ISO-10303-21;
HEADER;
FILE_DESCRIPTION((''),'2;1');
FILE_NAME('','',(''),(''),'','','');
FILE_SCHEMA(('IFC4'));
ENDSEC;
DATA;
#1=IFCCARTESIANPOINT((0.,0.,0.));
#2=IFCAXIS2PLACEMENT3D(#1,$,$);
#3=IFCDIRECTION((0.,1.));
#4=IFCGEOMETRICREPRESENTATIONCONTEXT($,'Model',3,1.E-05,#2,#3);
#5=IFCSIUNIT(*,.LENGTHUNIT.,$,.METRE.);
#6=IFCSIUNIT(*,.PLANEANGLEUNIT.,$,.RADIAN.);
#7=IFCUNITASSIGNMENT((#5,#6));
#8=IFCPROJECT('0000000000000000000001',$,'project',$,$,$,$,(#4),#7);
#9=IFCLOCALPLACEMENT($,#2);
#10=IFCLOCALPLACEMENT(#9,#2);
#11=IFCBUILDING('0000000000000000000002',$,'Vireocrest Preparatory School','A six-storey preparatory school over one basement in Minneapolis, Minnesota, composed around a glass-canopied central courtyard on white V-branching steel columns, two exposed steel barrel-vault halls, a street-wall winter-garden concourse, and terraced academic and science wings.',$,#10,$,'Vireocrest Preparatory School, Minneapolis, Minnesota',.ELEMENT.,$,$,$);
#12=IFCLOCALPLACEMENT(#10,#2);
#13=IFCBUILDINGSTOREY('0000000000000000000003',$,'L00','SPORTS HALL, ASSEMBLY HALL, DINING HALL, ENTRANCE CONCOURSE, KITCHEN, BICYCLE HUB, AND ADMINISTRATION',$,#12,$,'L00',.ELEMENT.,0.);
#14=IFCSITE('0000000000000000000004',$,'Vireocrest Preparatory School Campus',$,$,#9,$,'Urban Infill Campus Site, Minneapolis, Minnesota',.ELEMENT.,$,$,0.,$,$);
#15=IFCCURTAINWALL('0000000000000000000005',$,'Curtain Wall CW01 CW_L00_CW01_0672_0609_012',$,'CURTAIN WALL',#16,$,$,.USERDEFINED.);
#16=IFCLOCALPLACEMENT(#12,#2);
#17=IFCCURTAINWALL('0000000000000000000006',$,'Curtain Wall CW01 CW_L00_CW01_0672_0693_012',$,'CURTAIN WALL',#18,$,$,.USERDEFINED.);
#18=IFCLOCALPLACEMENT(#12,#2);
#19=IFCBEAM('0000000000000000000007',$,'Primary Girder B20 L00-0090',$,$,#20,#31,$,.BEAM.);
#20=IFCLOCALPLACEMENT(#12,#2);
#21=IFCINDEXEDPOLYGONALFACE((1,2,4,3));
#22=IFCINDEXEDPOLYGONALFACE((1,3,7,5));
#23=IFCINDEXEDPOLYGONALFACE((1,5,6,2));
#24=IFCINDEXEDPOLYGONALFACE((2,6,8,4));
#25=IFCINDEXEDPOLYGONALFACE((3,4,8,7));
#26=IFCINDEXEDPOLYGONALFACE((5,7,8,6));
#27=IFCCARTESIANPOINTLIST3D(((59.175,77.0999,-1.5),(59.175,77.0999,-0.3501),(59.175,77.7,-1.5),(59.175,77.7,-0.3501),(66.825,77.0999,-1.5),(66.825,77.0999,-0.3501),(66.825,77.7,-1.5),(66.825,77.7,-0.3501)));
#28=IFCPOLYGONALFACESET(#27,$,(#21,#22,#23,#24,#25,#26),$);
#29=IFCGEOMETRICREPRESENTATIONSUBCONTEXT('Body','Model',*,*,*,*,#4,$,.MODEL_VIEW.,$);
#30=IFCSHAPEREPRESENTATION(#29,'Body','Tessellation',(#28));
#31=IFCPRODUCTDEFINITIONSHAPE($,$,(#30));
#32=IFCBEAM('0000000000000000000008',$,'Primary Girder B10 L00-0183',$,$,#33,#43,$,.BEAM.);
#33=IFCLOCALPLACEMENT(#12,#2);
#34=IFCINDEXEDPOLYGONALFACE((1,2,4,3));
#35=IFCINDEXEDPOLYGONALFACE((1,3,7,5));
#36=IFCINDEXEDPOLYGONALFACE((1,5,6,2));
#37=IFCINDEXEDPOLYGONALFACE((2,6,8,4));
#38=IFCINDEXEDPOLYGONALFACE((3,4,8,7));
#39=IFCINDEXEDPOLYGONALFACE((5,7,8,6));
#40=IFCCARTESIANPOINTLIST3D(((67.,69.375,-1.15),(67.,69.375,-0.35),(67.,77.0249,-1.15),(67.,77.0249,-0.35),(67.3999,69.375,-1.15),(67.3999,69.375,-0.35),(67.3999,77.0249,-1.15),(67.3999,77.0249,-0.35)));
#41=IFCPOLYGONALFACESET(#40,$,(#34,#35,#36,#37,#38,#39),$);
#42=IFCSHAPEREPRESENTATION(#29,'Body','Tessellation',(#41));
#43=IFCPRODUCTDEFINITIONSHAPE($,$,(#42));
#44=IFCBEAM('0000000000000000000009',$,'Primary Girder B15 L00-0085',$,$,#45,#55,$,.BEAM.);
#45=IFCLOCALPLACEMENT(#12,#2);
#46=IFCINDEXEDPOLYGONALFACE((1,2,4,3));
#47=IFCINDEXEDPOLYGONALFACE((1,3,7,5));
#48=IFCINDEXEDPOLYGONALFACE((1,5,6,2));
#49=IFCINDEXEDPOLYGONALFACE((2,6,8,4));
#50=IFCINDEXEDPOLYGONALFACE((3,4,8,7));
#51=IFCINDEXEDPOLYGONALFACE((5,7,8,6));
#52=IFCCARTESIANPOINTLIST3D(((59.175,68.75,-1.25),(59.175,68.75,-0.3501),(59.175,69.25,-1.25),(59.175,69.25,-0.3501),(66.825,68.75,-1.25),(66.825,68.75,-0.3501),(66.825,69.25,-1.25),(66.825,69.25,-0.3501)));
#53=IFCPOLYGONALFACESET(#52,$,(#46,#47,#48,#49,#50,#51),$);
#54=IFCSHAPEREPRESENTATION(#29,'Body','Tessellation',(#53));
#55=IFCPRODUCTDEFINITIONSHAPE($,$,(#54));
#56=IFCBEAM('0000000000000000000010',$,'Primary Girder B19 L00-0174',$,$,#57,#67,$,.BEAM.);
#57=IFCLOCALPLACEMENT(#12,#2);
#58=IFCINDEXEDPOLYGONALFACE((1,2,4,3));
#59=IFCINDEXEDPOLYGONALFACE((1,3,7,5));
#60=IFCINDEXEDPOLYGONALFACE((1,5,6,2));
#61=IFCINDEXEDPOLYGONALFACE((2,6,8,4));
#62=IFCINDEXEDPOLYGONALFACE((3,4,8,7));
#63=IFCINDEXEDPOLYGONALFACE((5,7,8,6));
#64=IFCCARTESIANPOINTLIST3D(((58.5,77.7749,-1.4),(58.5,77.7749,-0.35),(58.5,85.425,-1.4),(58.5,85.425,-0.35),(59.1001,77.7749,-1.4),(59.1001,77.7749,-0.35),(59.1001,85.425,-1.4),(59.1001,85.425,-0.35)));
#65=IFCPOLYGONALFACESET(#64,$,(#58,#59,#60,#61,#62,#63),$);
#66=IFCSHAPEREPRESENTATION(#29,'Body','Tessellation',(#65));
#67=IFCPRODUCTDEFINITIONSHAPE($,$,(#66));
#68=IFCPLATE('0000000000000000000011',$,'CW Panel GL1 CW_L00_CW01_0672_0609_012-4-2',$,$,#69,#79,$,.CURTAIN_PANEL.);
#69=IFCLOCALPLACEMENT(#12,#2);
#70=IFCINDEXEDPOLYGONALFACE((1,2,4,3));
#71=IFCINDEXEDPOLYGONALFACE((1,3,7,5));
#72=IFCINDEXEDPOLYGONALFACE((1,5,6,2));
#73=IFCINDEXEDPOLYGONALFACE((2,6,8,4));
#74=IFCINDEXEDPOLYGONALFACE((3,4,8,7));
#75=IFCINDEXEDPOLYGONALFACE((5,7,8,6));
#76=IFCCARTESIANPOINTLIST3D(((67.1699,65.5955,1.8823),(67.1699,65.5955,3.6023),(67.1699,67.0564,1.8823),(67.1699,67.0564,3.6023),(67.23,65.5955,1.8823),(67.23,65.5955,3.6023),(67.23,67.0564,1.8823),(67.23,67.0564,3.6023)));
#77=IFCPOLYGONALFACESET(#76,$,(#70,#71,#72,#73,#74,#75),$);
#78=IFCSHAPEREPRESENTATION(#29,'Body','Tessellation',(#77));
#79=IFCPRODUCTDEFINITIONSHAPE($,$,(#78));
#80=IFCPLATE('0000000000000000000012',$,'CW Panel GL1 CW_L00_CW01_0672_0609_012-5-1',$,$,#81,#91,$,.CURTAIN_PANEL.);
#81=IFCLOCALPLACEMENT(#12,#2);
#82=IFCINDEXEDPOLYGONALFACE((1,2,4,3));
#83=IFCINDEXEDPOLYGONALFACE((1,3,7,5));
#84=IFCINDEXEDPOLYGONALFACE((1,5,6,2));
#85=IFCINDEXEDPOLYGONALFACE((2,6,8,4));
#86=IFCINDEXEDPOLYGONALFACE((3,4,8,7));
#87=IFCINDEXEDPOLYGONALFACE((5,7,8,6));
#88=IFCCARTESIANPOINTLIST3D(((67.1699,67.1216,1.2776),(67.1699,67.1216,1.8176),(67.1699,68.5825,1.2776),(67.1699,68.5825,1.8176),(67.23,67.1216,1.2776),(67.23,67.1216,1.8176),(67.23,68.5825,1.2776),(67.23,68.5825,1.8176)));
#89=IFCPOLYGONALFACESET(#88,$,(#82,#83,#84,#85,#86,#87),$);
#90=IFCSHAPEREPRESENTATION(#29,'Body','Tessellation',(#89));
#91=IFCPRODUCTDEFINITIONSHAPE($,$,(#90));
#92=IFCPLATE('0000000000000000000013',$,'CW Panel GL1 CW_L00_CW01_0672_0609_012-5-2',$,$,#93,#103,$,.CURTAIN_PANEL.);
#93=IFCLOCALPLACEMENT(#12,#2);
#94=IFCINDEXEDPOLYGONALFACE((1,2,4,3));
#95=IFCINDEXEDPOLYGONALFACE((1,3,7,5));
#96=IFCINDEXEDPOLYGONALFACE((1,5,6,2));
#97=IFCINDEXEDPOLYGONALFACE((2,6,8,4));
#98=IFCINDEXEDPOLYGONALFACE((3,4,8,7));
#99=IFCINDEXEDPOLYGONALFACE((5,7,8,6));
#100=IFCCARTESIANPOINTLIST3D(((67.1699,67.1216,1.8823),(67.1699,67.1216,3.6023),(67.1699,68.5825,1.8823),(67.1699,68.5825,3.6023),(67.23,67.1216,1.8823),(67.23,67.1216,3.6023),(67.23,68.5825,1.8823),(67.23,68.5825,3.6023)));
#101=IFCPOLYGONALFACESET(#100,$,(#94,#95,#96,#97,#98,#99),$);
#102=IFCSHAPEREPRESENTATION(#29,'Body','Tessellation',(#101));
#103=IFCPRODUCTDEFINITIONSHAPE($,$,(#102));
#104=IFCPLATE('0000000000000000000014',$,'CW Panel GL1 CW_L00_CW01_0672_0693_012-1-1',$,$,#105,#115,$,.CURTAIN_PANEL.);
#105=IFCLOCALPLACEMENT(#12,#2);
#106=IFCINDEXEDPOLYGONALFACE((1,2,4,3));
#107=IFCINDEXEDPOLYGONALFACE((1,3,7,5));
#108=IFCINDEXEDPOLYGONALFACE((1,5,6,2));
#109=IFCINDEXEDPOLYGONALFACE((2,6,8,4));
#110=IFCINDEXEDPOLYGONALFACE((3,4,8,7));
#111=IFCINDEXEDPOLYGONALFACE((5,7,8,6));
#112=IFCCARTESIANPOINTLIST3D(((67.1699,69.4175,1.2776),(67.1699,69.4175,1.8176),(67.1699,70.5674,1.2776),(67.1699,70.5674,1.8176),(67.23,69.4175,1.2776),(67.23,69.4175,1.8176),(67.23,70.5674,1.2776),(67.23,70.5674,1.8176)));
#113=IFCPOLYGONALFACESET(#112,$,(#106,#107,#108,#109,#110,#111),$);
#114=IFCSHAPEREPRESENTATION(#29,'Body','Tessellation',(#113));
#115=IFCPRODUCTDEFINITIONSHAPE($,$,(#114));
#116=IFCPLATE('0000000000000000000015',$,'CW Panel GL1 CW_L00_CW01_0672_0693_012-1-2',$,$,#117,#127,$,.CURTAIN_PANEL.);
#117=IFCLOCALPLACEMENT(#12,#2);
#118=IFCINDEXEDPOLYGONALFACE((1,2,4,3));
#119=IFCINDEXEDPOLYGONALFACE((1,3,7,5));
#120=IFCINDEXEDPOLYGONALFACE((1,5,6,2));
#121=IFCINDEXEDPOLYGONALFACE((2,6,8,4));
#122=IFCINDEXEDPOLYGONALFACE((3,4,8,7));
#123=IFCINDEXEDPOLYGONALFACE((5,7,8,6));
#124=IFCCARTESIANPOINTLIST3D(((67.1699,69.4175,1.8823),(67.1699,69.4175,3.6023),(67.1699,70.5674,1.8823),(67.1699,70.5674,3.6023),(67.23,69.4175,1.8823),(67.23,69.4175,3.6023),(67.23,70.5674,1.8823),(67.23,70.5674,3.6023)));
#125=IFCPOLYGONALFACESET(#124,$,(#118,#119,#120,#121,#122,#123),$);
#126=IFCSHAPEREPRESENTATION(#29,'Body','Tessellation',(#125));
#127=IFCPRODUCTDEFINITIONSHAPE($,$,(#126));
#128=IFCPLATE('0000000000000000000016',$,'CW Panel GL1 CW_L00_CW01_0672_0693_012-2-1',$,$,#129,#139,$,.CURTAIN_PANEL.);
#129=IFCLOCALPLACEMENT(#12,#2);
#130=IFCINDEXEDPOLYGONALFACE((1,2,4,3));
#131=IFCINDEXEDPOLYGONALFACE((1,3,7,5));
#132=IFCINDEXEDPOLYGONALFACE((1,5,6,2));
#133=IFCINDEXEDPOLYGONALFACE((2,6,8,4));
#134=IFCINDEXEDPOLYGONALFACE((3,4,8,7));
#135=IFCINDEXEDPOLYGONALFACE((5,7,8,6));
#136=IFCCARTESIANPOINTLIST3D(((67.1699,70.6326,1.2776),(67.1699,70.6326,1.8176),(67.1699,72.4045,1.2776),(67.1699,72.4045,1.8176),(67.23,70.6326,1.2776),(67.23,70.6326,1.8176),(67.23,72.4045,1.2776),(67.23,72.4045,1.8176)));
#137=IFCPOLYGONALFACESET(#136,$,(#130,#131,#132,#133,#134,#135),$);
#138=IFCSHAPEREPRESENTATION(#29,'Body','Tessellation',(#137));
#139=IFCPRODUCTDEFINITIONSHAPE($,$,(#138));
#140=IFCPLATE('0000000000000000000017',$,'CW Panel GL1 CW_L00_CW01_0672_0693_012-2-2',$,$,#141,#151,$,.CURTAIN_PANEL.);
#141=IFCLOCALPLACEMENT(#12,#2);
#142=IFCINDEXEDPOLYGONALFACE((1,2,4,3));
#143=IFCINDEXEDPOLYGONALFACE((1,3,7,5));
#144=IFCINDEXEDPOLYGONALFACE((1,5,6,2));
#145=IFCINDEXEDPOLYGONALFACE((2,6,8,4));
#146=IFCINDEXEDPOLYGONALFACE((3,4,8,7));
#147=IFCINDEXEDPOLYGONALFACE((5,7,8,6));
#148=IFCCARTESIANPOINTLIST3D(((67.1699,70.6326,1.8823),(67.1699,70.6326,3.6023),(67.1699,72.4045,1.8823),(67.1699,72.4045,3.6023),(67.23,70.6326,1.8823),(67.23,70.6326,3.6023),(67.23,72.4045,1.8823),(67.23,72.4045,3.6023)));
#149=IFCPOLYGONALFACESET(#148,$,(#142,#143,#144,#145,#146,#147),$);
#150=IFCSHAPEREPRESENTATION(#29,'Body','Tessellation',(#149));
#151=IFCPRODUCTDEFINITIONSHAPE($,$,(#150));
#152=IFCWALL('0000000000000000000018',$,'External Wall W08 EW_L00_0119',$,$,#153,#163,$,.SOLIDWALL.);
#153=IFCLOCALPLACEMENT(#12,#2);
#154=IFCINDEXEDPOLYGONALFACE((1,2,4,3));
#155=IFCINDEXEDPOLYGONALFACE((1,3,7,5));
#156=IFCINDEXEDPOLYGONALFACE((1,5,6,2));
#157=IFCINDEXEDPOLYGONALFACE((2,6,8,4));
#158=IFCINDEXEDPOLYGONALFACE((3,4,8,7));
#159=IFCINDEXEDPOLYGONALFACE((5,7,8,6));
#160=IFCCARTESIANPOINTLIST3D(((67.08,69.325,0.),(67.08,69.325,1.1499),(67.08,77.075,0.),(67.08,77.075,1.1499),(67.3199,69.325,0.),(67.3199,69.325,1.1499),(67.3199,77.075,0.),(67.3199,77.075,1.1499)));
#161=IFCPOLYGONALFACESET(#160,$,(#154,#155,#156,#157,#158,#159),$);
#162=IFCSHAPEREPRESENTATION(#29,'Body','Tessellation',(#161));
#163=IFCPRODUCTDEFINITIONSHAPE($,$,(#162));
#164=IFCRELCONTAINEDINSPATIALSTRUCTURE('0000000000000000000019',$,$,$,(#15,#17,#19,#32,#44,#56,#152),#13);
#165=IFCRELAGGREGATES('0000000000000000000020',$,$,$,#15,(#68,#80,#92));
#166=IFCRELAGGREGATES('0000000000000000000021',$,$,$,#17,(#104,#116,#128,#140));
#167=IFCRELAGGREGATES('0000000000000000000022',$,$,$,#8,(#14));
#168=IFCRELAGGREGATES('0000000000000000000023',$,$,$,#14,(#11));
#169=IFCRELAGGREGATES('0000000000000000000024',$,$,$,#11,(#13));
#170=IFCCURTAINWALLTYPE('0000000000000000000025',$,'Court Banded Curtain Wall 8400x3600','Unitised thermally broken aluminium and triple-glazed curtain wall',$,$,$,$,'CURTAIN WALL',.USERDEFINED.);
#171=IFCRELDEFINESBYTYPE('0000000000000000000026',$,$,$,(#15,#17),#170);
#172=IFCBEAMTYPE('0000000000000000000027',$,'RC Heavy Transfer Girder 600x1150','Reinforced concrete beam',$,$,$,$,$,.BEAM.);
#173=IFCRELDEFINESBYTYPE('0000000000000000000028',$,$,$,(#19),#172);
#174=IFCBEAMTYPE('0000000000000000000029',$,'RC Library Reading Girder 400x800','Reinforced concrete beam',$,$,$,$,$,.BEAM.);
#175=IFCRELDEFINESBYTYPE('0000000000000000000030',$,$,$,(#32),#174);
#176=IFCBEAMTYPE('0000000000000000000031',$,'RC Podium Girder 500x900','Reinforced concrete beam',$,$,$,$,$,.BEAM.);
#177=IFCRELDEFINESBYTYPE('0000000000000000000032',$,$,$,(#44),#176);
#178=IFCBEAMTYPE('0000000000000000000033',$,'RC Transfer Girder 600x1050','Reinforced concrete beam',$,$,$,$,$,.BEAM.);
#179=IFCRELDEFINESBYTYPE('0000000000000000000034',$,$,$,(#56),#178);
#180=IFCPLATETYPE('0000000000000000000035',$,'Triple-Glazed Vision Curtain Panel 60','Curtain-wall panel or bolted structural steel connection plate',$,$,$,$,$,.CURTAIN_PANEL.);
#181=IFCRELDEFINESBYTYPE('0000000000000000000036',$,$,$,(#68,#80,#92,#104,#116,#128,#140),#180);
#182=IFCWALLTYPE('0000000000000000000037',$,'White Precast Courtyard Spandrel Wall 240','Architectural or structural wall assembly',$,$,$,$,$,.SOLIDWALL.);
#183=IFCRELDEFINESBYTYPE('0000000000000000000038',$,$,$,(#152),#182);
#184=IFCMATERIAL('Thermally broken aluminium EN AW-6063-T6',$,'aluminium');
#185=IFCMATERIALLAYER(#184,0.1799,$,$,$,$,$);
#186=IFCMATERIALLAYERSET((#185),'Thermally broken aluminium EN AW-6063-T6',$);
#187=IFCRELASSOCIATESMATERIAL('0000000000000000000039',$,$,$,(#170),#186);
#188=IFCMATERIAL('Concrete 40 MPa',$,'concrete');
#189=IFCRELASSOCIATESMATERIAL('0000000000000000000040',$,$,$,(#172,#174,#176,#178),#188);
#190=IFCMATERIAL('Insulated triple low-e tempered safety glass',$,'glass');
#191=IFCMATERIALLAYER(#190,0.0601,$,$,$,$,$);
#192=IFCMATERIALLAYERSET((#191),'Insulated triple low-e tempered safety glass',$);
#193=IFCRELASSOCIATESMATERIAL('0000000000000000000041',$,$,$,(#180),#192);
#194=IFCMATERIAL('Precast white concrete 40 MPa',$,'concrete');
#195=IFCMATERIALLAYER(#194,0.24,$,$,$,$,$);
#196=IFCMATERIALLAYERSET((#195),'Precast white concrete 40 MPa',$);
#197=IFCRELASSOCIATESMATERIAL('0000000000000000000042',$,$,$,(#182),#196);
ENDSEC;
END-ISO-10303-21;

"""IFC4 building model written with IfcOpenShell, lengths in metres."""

from ifc_helpers import new_model, si_unit, direction, frame, frame_2d, origin, origin_2d, place, context, subcontext, project, spatial, rectangle, extrude, material, layer, layer_set, material_profile, profile_set, type_object, element, aggregate, save


model = new_model("IFC4")

# Units and contexts
model_context = context("Model", 3, precision=1e-05, world=origin(), true_north=direction((0.0, 1.0)))
body_context = subcontext(model_context, "Body", "Model", "MODEL_VIEW")
ifc_project = project(units=[si_unit("LENGTHUNIT", "METRE"), si_unit("PLANEANGLEUNIT", "RADIAN")], contexts=[model_context])

# Site, building, storey
site_placement = place(None, origin())
site = spatial("IfcSite", under=ifc_project, at=site_placement, Name="Vireocrest Preparatory School Campus", LongName="Urban Infill Campus Site, Minneapolis, Minnesota", CompositionType="ELEMENT", RefElevation=0.0)
building_placement = place(site_placement, origin())
building = spatial("IfcBuilding", under=site, at=building_placement, Name="Vireocrest Preparatory School", Description="A six-storey preparatory school over one basement in Minneapolis, Minnesota, composed around a glass-canopied central courtyard on white V-branching steel columns, two exposed steel barrel-vault halls, a street-wall winter-garden concourse, and terraced academic and science wings.", LongName="Vireocrest Preparatory School, Minneapolis, Minnesota", CompositionType="ELEMENT")
storey_placement = place(building_placement, origin())
storey = spatial("IfcBuildingStorey", under=building, at=storey_placement, Name="L00", Description="SPORTS HALL, ASSEMBLY HALL, DINING HALL, ENTRANCE CONCOURSE, KITCHEN, BICYCLE HUB, AND ADMINISTRATION", LongName="L00", CompositionType="ELEMENT", Elevation=0.0)

# Curtain walls
ifc_material_1 = material(Name="Thermally broken aluminium EN AW-6063-T6", Category="aluminium")
ifc_layer_1 = layer(ifc_material_1, 0.1799)
ifc_layer_set_1 = layer_set([ifc_layer_1], Name="Thermally broken aluminium EN AW-6063-T6")
curtain_wall_type = type_object("IfcCurtainWallType", Name="Court Banded Curtain Wall 8400x3600", Description="Unitised thermally broken aluminium and triple-glazed curtain wall", ElementType="CURTAIN WALL", PredefinedType="USERDEFINED", material=ifc_layer_set_1)
curtain_wall_1_placement = place(storey_placement, origin())
curtain_wall_1 = element("IfcCurtainWall", 1, at=curtain_wall_1_placement, inside=storey, type_object=curtain_wall_type, Name="Curtain Wall CW01 CW_L00_CW01_0672_0609_012", ObjectType="CURTAIN WALL", PredefinedType="USERDEFINED")
curtain_wall_2_placement = place(storey_placement, origin())
curtain_wall_2 = element("IfcCurtainWall", 2, at=curtain_wall_2_placement, inside=storey, type_object=curtain_wall_type, Name="Curtain Wall CW01 CW_L00_CW01_0672_0693_012", ObjectType="CURTAIN WALL", PredefinedType="USERDEFINED")

# Beams
ifc_material_2 = material(Name="Concrete 40 MPa", Category="concrete")
ifc_material_profile_1 = material_profile(ifc_material_2, rectangle(XDim=0.6001, YDim=1.1499, at=origin_2d()), Name="RC 600x1150")
ifc_profile_set_1 = profile_set([ifc_material_profile_1], Name="Concrete 40 MPa")
beam_type_1 = type_object("IfcBeamType", Name="RC Heavy Transfer Girder 600x1150", Description="Reinforced concrete beam", PredefinedType="BEAM", material=ifc_profile_set_1)
beam_1_placement = place(storey_placement, frame((59.175, 77.3999, -0.925), z_axis=(1.0, 0.0, 0.0), x_axis=(0.0, 1.0, 0.0)))
element("IfcBeam", 3, at=beam_1_placement, inside=storey, type_object=beam_type_1, Name="Primary Girder B20 L00-0090", PredefinedType="BEAM", context=body_context, shape_type="SweptSolid", body=[
    extrude(rectangle(XDim=0.6001, YDim=1.1499, at=origin_2d()), origin(), (0.0, 0.0, 1.0), 7.6499),
])
ifc_material_profile_2 = material_profile(ifc_material_2, rectangle(XDim=0.3999, YDim=0.8, at=origin_2d()), Name="RC 400x800")
ifc_profile_set_2 = profile_set([ifc_material_profile_2], Name="Concrete 40 MPa")
beam_type_2 = type_object("IfcBeamType", Name="RC Library Reading Girder 400x800", Description="Reinforced concrete beam", PredefinedType="BEAM", material=ifc_profile_set_2)
beam_2_placement = place(storey_placement, frame((67.2, 69.375, -0.75), z_axis=(0.0, 1.0, 0.0), x_axis=(-1.0, 0.0, 0.0)))
element("IfcBeam", 4, at=beam_2_placement, inside=storey, type_object=beam_type_2, Name="Primary Girder B10 L00-0183", PredefinedType="BEAM", context=body_context, shape_type="SweptSolid", body=[
    extrude(rectangle(XDim=0.3999, YDim=0.8, at=origin_2d()), origin(), (0.0, 0.0, 1.0), 7.6499),
])
ifc_material_profile_3 = material_profile(ifc_material_2, rectangle(XDim=0.5, YDim=0.8999, at=origin_2d()), Name="RC 500x900")
ifc_profile_set_3 = profile_set([ifc_material_profile_3], Name="Concrete 40 MPa")
beam_type_3 = type_object("IfcBeamType", Name="RC Podium Girder 500x900", Description="Reinforced concrete beam", PredefinedType="BEAM", material=ifc_profile_set_3)
beam_3_placement = place(storey_placement, frame((59.175, 69.0, -0.8), z_axis=(1.0, 0.0, 0.0), x_axis=(0.0, 1.0, 0.0)))
element("IfcBeam", 5, at=beam_3_placement, inside=storey, type_object=beam_type_3, Name="Primary Girder B15 L00-0085", PredefinedType="BEAM", context=body_context, shape_type="SweptSolid", body=[
    extrude(rectangle(XDim=0.5, YDim=0.8999, at=origin_2d()), origin(), (0.0, 0.0, 1.0), 7.6499),
])
ifc_material_profile_4 = material_profile(ifc_material_2, rectangle(XDim=0.6001, YDim=1.05, at=origin_2d()), Name="RC 600x1050")
ifc_profile_set_4 = profile_set([ifc_material_profile_4], Name="Concrete 40 MPa")
beam_type_4 = type_object("IfcBeamType", Name="RC Transfer Girder 600x1050", Description="Reinforced concrete beam", PredefinedType="BEAM", material=ifc_profile_set_4)
beam_4_placement = place(storey_placement, frame((58.8, 77.7749, -0.875), z_axis=(0.0, 1.0, 0.0), x_axis=(-1.0, 0.0, 0.0)))
element("IfcBeam", 6, at=beam_4_placement, inside=storey, type_object=beam_type_4, Name="Primary Girder B19 L00-0174", PredefinedType="BEAM", context=body_context, shape_type="SweptSolid", body=[
    extrude(rectangle(XDim=0.6001, YDim=1.05, at=origin_2d()), origin(), (0.0, 0.0, 1.0), 7.6501),
])

# Plates
ifc_material_3 = material(Name="Insulated triple low-e tempered safety glass", Category="glass")
ifc_layer_2 = layer(ifc_material_3, 0.0601)
ifc_layer_set_2 = layer_set([ifc_layer_2], Name="Insulated triple low-e tempered safety glass")
plate_type = type_object("IfcPlateType", Name="Triple-Glazed Vision Curtain Panel 60", Description="Curtain-wall panel or bolted structural steel connection plate", PredefinedType="CURTAIN_PANEL", material=ifc_layer_set_2)
plate_1_placement = place(storey_placement, frame((67.2, 66.3259, 1.8823), z_axis=(0.0, 0.0, 1.0), x_axis=(0.0, 1.0, 0.0)))
plate_1 = element("IfcPlate", 7, at=plate_1_placement, type_object=plate_type, Name="CW Panel GL1 CW_L00_CW01_0672_0609_012-4-2", PredefinedType="CURTAIN_PANEL", context=body_context, shape_type="SweptSolid", body=[
    extrude(rectangle(XDim=1.4609, YDim=0.0601, at=origin_2d()), origin(), (0.0, 0.0, 1.0), 1.72),
])
plate_2_placement = place(storey_placement, frame((67.2, 67.8521, 1.2776), z_axis=(0.0, 0.0, 1.0), x_axis=(0.0, 1.0, 0.0)))
plate_2 = element("IfcPlate", 8, at=plate_2_placement, type_object=plate_type, Name="CW Panel GL1 CW_L00_CW01_0672_0609_012-5-1", PredefinedType="CURTAIN_PANEL", context=body_context, shape_type="SweptSolid", body=[
    extrude(rectangle(XDim=1.4609, YDim=0.0601, at=origin_2d()), origin(), (0.0, 0.0, 1.0), 0.54),
])
plate_3_placement = place(storey_placement, frame((67.2, 67.8521, 1.8823), z_axis=(0.0, 0.0, 1.0), x_axis=(0.0, 1.0, 0.0)))
plate_3 = element("IfcPlate", 9, at=plate_3_placement, type_object=plate_type, Name="CW Panel GL1 CW_L00_CW01_0672_0609_012-5-2", PredefinedType="CURTAIN_PANEL", context=body_context, shape_type="SweptSolid", body=[
    extrude(rectangle(XDim=1.4609, YDim=0.0601, at=origin_2d()), origin(), (0.0, 0.0, 1.0), 1.72),
])
aggregate(curtain_wall_1, [plate_1, plate_2, plate_3])
plate_4_placement = place(storey_placement, frame((67.2, 69.9924, 1.2776), z_axis=(0.0, 0.0, 1.0), x_axis=(0.0, 1.0, 0.0)))
plate_4 = element("IfcPlate", 10, at=plate_4_placement, type_object=plate_type, Name="CW Panel GL1 CW_L00_CW01_0672_0693_012-1-1", PredefinedType="CURTAIN_PANEL", context=body_context, shape_type="SweptSolid", body=[
    extrude(rectangle(XDim=1.1499, YDim=0.0601, at=origin_2d()), origin(), (0.0, 0.0, 1.0), 0.54),
])
plate_5_placement = place(storey_placement, frame((67.2, 69.9924, 1.8823), z_axis=(0.0, 0.0, 1.0), x_axis=(0.0, 1.0, 0.0)))
plate_5 = element("IfcPlate", 11, at=plate_5_placement, type_object=plate_type, Name="CW Panel GL1 CW_L00_CW01_0672_0693_012-1-2", PredefinedType="CURTAIN_PANEL", context=body_context, shape_type="SweptSolid", body=[
    extrude(rectangle(XDim=1.1499, YDim=0.0601, at=origin_2d()), origin(), (0.0, 0.0, 1.0), 1.72),
])
plate_6_placement = place(storey_placement, frame((67.2, 71.5186, 1.2776), z_axis=(0.0, 0.0, 1.0), x_axis=(0.0, 1.0, 0.0)))
plate_6 = element("IfcPlate", 12, at=plate_6_placement, type_object=plate_type, Name="CW Panel GL1 CW_L00_CW01_0672_0693_012-2-1", PredefinedType="CURTAIN_PANEL", context=body_context, shape_type="SweptSolid", body=[
    extrude(rectangle(XDim=1.772, YDim=0.0601, at=origin_2d()), origin(), (0.0, 0.0, 1.0), 0.54),
])
plate_7_placement = place(storey_placement, frame((67.2, 71.5186, 1.8823), z_axis=(0.0, 0.0, 1.0), x_axis=(0.0, 1.0, 0.0)))
plate_7 = element("IfcPlate", 13, at=plate_7_placement, type_object=plate_type, Name="CW Panel GL1 CW_L00_CW01_0672_0693_012-2-2", PredefinedType="CURTAIN_PANEL", context=body_context, shape_type="SweptSolid", body=[
    extrude(rectangle(XDim=1.772, YDim=0.0601, at=origin_2d()), origin(), (0.0, 0.0, 1.0), 1.72),
])
aggregate(curtain_wall_2, [plate_4, plate_5, plate_6, plate_7])

# Wall
ifc_material_4 = material(Name="Precast white concrete 40 MPa", Category="concrete")
ifc_layer_3 = layer(ifc_material_4, 0.24)
ifc_layer_set_3 = layer_set([ifc_layer_3], Name="Precast white concrete 40 MPa")
wall_type = type_object("IfcWallType", Name="White Precast Courtyard Spandrel Wall 240", Description="Architectural or structural wall assembly", PredefinedType="SOLIDWALL", material=ifc_layer_set_3)
wall_placement = place(storey_placement, frame((67.2, 69.325, 0.0), z_axis=(0.0, 0.0, 1.0), x_axis=(0.0, 1.0, 0.0)))
element("IfcWall", 14, at=wall_placement, inside=storey, type_object=wall_type, Name="External Wall W08 EW_L00_0119", PredefinedType="SOLIDWALL", context=body_context, shape_type="SweptSolid", body=[
    extrude(rectangle(XDim=7.75, YDim=0.24, at=frame_2d((3.875, 0.0))), origin(), (0.0, 0.0, 1.0), 1.1499),
])

save(model, "model.ifc")
